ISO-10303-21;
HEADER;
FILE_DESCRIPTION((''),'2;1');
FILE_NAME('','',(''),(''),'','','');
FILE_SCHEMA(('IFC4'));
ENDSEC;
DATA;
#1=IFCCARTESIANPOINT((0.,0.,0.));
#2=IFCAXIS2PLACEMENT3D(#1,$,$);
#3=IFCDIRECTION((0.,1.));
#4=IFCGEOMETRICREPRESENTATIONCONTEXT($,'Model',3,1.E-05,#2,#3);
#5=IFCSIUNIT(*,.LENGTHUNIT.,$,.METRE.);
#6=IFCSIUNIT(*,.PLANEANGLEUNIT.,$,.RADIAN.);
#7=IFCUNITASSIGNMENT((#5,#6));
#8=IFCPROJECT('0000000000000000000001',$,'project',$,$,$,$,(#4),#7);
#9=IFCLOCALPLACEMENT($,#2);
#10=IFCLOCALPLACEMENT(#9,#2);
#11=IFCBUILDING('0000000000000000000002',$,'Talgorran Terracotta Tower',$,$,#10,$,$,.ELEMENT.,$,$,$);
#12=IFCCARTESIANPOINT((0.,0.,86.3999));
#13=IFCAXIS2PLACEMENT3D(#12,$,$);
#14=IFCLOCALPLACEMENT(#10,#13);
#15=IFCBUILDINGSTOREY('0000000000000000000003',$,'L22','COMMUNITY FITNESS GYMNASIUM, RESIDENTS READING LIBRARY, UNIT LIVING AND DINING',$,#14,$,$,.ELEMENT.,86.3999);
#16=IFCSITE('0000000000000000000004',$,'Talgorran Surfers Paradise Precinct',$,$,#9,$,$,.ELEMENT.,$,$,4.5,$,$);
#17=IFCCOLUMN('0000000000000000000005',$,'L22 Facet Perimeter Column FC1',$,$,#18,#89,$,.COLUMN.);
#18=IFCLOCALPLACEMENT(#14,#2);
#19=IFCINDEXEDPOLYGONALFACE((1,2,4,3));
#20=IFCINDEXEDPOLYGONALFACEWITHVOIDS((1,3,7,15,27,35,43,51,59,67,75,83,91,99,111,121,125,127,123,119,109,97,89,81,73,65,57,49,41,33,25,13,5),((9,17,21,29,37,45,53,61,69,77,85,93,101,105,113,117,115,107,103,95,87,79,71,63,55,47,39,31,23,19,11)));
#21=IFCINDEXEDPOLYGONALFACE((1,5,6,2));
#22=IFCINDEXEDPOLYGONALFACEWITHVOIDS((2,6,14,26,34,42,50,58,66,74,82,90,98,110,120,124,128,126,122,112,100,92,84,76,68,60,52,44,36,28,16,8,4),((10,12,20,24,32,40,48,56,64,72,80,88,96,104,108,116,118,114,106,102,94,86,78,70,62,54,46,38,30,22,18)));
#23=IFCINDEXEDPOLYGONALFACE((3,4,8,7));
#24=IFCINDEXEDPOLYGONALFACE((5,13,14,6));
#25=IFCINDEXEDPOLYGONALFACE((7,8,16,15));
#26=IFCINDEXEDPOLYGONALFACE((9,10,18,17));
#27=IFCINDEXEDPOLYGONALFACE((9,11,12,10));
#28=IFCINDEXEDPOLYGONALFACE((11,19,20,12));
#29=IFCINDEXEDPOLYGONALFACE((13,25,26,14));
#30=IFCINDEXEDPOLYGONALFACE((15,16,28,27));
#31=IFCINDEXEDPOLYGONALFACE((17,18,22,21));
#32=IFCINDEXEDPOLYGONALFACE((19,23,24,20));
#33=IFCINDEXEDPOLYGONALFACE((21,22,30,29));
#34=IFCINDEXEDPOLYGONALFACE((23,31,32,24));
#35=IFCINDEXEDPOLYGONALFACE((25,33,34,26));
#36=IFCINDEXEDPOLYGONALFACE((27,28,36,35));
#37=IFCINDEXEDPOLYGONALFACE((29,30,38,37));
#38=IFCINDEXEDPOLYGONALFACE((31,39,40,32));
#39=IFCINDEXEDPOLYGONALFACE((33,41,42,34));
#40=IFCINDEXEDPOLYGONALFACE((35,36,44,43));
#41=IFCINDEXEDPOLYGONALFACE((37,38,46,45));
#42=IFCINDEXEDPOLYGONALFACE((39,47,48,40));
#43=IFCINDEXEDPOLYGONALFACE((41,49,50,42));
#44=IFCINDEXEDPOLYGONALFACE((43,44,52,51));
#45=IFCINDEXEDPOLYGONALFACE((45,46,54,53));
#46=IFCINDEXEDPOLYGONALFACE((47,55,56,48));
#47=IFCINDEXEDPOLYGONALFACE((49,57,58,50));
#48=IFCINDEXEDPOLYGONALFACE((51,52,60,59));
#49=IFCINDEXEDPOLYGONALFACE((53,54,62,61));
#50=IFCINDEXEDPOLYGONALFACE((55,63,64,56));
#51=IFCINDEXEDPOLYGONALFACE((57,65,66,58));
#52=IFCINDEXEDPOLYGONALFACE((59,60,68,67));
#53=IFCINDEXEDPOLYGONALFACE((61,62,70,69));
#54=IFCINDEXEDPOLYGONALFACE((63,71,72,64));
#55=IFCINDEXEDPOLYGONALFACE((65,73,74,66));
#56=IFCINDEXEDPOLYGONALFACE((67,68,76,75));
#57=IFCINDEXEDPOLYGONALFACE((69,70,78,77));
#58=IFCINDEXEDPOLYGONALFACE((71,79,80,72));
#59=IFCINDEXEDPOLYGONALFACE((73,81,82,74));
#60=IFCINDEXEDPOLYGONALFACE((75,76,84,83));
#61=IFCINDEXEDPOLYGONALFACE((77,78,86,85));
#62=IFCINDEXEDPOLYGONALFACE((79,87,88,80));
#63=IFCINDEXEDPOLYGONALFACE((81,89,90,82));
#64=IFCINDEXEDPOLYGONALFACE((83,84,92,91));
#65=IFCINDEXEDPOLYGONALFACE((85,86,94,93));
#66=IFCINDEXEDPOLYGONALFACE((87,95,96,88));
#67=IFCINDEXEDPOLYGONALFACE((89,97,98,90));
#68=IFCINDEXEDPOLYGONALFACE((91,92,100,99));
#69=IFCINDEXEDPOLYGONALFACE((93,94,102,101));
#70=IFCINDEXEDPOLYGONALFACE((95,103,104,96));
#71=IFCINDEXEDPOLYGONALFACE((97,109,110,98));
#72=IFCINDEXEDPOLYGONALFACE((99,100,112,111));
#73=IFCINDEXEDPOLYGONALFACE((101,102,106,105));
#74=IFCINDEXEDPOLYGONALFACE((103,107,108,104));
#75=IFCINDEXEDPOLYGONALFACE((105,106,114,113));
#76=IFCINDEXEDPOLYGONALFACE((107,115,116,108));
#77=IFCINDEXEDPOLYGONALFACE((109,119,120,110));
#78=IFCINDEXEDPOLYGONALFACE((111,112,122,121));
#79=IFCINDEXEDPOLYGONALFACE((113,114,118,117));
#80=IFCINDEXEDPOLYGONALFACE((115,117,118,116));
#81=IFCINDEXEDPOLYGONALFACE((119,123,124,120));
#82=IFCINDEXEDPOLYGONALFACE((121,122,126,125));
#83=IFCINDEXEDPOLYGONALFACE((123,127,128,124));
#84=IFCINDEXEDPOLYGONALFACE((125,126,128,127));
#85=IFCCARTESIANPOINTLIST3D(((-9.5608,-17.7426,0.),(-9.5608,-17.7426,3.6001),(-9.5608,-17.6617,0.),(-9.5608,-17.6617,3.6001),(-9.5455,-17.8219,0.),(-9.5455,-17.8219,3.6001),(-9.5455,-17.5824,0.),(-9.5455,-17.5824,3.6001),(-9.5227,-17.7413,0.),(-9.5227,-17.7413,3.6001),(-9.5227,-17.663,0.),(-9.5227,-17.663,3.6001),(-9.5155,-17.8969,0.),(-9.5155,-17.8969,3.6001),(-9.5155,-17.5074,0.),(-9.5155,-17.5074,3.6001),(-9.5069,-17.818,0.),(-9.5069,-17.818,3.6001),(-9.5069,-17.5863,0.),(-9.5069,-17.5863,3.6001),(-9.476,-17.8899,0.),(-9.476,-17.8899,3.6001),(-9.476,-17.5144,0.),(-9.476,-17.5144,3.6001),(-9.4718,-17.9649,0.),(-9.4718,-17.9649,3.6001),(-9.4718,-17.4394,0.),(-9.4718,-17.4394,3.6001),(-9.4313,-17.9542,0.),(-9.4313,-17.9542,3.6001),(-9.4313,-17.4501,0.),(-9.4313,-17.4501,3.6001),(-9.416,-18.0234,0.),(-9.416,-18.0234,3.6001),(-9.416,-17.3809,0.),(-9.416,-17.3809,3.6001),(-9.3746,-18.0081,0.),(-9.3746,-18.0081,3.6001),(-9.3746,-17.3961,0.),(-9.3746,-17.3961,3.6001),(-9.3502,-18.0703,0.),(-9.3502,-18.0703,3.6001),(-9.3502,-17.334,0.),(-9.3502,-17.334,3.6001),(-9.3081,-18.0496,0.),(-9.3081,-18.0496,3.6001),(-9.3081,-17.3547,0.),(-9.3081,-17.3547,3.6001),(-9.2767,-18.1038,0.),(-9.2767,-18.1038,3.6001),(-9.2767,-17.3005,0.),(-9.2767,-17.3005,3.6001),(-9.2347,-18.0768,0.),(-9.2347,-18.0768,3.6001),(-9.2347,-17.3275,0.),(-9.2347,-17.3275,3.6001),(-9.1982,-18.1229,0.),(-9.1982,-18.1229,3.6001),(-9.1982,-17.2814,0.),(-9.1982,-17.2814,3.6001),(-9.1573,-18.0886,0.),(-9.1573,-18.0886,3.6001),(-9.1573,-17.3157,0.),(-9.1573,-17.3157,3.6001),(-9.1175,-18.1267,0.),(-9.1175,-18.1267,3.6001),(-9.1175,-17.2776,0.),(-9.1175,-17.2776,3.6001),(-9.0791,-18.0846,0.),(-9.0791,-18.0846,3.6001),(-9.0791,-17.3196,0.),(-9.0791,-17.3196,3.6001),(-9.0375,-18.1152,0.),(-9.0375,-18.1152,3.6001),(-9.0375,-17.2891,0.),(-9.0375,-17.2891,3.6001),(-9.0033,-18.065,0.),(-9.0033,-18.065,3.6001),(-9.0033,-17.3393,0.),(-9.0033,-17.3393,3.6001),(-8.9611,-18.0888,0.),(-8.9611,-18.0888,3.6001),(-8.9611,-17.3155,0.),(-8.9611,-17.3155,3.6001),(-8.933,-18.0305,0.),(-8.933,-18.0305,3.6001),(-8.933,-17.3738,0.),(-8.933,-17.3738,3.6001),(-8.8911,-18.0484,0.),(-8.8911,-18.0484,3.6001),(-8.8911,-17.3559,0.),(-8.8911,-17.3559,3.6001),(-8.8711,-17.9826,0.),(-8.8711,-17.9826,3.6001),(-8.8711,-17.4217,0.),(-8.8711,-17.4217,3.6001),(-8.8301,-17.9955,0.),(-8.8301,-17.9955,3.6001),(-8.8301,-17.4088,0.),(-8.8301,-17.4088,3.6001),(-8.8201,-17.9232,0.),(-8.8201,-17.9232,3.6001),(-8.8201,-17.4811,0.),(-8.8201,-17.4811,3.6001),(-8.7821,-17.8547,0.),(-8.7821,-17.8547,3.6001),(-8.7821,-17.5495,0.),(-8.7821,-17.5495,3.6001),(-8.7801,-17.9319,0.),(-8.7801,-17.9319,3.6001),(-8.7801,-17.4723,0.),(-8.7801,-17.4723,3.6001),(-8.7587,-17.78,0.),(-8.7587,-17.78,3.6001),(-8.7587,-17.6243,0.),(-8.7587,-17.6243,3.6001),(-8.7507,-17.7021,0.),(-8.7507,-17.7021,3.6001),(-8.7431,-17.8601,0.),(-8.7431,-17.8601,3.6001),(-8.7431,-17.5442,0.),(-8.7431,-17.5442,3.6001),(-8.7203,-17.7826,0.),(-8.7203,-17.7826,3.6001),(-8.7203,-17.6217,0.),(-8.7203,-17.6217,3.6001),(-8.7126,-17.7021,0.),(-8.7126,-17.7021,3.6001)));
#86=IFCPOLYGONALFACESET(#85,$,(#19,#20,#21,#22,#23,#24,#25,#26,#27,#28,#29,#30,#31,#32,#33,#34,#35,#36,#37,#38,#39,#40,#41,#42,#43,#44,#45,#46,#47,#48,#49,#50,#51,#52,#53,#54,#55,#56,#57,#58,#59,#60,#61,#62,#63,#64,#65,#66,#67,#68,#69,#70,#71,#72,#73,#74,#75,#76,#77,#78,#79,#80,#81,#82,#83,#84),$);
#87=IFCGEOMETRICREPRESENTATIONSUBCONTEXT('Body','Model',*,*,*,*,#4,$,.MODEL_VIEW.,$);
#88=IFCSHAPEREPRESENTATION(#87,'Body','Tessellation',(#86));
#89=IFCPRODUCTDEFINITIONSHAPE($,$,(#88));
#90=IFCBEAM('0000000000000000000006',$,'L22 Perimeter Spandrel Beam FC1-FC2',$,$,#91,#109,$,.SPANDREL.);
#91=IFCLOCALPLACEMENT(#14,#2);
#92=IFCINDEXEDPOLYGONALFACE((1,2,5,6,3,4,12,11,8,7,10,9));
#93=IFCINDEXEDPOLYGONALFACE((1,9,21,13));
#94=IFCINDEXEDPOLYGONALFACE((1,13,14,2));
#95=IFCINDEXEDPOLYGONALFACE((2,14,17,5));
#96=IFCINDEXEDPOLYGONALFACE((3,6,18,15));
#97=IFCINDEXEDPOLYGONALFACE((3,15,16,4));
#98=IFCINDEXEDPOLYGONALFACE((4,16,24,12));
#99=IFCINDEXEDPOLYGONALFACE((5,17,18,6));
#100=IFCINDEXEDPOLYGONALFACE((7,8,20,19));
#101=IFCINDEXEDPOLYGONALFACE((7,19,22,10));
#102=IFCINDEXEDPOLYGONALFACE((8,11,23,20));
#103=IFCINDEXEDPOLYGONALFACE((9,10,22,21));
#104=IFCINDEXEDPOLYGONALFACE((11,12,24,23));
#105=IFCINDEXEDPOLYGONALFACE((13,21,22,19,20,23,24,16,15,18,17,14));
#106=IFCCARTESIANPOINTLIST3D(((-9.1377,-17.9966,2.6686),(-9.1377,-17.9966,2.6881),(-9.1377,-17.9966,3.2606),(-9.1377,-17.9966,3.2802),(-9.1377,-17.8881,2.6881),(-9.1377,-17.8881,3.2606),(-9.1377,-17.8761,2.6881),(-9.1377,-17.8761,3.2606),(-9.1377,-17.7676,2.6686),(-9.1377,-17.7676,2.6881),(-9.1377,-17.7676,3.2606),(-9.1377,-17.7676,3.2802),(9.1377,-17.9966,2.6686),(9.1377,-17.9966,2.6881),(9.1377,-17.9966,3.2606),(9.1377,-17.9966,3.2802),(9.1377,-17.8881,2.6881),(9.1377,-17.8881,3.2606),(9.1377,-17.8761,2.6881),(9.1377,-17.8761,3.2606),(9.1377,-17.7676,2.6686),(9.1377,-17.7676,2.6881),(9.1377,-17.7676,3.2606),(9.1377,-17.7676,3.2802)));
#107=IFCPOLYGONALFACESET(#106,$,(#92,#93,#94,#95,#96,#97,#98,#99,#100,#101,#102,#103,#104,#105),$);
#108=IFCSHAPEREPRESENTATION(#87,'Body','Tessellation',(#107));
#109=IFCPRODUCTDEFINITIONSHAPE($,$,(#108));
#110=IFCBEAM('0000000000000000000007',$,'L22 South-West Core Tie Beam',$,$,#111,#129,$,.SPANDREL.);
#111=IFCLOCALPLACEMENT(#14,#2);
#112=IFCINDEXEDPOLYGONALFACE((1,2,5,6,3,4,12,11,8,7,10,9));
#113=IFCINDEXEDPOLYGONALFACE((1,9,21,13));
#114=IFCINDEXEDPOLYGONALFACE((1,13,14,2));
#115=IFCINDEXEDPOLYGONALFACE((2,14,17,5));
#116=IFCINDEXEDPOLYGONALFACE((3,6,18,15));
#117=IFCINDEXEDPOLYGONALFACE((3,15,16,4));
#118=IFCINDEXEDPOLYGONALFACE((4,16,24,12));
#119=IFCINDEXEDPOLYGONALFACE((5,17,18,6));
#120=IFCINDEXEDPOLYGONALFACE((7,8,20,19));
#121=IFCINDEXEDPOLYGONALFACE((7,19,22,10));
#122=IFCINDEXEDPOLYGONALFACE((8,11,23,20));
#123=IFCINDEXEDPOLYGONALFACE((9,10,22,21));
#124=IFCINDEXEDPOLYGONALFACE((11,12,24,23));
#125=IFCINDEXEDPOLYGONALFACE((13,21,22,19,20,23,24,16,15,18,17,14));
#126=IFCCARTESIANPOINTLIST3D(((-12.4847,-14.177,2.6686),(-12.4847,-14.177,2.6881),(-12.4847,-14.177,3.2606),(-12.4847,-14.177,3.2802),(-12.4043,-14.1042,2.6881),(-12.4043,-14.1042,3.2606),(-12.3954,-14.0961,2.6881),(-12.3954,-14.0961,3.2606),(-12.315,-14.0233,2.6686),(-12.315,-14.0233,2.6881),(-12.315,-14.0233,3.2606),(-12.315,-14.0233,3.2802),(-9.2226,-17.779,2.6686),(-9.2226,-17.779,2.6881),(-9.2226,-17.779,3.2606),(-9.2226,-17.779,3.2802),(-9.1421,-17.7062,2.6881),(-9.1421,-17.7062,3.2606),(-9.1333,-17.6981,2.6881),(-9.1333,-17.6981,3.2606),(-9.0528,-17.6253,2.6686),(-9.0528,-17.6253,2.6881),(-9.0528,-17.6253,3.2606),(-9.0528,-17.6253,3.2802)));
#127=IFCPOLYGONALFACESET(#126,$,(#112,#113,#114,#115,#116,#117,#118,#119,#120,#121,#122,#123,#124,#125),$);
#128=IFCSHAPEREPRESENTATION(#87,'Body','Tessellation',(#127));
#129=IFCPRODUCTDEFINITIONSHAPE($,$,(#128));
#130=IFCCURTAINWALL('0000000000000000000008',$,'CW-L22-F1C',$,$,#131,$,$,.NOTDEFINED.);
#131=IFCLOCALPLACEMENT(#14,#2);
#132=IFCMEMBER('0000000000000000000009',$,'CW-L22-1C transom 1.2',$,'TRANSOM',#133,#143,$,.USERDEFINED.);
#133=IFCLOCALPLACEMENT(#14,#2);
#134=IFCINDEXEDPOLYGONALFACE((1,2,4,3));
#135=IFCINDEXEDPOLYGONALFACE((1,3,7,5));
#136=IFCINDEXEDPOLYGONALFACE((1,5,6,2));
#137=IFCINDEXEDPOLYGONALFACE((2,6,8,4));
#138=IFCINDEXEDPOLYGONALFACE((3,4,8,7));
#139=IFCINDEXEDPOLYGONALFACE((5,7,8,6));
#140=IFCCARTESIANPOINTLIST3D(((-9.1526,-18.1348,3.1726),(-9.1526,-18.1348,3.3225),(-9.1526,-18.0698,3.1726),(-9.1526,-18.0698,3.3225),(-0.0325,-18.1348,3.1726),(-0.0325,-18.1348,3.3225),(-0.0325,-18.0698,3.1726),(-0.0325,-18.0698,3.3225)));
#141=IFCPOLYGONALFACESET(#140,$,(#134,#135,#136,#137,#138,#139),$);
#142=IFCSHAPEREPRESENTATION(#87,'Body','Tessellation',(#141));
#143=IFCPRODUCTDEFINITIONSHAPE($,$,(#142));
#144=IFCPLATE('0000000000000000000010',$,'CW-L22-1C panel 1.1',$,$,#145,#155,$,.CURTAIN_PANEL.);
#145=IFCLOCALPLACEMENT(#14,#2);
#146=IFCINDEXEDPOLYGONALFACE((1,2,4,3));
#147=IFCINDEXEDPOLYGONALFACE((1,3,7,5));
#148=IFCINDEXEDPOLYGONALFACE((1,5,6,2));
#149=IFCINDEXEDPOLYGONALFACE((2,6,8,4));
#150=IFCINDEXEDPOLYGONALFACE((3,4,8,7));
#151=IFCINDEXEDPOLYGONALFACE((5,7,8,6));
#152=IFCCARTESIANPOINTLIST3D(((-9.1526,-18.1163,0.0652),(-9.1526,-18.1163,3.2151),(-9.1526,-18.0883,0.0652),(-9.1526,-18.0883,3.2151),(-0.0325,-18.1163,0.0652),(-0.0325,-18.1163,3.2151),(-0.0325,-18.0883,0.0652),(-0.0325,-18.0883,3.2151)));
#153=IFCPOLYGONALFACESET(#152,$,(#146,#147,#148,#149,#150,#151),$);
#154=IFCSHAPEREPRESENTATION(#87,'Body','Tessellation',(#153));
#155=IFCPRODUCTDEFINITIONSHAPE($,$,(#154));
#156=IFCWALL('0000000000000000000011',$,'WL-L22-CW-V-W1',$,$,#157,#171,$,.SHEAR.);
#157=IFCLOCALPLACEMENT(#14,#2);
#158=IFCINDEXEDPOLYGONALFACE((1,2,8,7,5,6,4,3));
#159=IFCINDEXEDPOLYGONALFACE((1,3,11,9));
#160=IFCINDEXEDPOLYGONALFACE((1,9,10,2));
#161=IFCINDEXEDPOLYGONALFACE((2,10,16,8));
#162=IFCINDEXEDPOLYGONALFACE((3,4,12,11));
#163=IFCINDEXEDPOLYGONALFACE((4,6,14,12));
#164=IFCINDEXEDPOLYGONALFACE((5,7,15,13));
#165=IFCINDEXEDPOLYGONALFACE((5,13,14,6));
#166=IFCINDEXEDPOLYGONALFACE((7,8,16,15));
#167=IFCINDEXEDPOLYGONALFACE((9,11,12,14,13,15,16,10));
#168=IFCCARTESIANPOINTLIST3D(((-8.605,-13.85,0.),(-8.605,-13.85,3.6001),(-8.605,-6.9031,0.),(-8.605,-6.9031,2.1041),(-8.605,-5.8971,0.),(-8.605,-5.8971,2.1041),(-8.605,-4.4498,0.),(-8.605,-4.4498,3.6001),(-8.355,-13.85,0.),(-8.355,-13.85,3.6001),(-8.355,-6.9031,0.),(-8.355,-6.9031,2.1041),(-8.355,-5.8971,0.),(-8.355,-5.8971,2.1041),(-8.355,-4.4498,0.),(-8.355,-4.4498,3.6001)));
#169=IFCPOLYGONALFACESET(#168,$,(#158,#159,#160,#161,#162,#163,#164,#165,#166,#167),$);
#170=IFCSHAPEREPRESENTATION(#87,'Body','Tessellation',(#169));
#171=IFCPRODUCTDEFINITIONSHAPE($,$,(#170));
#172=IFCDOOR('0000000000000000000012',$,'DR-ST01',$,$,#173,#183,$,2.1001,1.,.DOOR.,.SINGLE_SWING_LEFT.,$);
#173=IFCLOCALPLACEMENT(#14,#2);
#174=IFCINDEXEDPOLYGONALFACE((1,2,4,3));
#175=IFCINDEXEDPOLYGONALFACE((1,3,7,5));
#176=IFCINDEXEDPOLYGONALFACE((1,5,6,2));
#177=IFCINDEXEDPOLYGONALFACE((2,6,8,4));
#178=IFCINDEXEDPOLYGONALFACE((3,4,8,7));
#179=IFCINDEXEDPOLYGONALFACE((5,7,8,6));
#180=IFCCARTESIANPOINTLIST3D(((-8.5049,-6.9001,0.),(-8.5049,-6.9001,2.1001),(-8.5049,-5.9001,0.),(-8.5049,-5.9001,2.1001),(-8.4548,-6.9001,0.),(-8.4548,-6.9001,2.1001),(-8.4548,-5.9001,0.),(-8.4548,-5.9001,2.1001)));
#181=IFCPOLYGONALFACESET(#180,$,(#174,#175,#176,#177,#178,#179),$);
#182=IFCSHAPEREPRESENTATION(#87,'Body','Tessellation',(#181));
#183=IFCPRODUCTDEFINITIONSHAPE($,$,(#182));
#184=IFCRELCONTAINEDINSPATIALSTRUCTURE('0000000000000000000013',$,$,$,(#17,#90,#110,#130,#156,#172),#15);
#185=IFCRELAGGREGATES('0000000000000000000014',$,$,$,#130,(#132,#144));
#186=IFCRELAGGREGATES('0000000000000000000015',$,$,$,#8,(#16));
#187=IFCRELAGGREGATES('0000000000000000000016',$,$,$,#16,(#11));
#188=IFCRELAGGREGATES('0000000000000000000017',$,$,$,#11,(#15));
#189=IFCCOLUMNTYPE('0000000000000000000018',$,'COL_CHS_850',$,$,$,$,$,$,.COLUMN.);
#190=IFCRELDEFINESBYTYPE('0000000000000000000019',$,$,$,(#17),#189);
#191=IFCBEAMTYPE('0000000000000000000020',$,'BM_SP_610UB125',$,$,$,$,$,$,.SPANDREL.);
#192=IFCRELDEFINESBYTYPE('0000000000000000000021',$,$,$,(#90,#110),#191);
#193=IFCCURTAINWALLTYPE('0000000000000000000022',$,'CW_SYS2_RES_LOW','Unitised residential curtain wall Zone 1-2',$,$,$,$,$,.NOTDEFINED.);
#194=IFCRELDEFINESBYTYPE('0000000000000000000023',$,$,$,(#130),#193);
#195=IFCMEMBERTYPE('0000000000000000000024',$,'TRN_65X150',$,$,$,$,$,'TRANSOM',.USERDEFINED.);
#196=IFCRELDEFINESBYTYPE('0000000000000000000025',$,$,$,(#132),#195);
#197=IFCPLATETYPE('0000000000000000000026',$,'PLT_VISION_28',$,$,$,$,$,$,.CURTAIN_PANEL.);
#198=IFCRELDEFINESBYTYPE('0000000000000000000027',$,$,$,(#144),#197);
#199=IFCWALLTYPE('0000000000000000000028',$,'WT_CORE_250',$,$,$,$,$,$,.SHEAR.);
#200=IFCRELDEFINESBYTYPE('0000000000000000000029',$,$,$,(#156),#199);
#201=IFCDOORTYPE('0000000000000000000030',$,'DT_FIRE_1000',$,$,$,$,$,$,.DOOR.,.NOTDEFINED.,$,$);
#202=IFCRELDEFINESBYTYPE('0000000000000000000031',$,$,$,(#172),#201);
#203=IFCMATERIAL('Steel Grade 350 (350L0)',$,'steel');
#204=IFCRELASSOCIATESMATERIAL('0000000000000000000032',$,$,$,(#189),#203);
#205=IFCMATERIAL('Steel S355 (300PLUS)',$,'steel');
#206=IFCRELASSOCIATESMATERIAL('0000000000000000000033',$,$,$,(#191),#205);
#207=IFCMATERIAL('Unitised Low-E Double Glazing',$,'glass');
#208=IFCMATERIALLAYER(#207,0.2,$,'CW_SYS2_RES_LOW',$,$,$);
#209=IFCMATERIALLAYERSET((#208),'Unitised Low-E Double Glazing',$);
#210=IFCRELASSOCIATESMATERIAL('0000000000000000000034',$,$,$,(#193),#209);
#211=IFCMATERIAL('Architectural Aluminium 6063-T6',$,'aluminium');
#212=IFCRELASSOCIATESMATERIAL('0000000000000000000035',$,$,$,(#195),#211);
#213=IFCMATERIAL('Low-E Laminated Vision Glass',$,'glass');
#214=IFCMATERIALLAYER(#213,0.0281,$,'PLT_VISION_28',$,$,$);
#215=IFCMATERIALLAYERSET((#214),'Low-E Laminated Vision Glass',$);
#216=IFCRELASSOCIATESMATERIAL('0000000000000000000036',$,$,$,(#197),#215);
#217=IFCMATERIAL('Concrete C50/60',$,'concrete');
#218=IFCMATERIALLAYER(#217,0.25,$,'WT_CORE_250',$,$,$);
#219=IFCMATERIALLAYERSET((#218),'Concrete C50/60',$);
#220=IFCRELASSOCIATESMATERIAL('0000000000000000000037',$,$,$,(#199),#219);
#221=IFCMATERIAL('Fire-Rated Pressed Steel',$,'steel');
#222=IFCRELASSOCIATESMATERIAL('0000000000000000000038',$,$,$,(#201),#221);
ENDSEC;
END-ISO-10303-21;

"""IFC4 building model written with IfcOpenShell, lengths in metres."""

from ifc_helpers import new_model, si_unit, direction, frame, frame_2d, origin, origin_2d, place, context, subcontext, project, spatial, rectangle, hollow_circle, i_section, extrude, source, transform, mapped, material, layer, layer_set, material_profile, profile_set, type_object, type_shapes, element, fill, aggregate, save


model = new_model("IFC4")

# Units and contexts
model_context = context("Model", 3, precision=1e-05, world=origin(), true_north=direction((0.0, 1.0)))
body_context = subcontext(model_context, "Body", "Model", "MODEL_VIEW")
ifc_project = project(units=[si_unit("LENGTHUNIT", "METRE"), si_unit("PLANEANGLEUNIT", "RADIAN")], contexts=[model_context])

# Site, building, storey
site_placement = place(None, origin())
site = spatial("IfcSite", under=ifc_project, at=site_placement, Name="Talgorran Surfers Paradise Precinct", CompositionType="ELEMENT", RefElevation=4.5)
building_placement = place(site_placement, origin())
building = spatial("IfcBuilding", under=site, at=building_placement, Name="Talgorran Terracotta Tower", CompositionType="ELEMENT")
storey_placement = place(building_placement, frame((0.0, 0.0, 86.3999)))
storey = spatial("IfcBuildingStorey", under=building, at=storey_placement, Name="L22", Description="COMMUNITY FITNESS GYMNASIUM, RESIDENTS READING LIBRARY, UNIT LIVING AND DINING", CompositionType="ELEMENT", Elevation=86.3999)

# Column
ifc_material_1 = material(Name="Steel Grade 350 (350L0)", Category="steel")
ifc_material_profile_1 = material_profile(ifc_material_1, hollow_circle(Radius=0.425, WallThickness=0.0381, at=origin_2d()), Name="CHS850X38")
ifc_profile_set_1 = profile_set([ifc_material_profile_1], Name="Steel Grade 350 (350L0)")
column_type = type_object("IfcColumnType", Name="COL_CHS_850", PredefinedType="COLUMN", material=ifc_profile_set_1)
column_placement = place(storey_placement, frame((-9.1377, -17.7021, 0.0), z_axis=(0.0, 0.0, 1.0), x_axis=(1.0, 0.0, 0.0)))
element("IfcColumn", 1, at=column_placement, inside=storey, type_object=column_type, Name="L22 Facet Perimeter Column FC1", PredefinedType="COLUMN", context=body_context, shape_type="SweptSolid", body=[
    extrude(hollow_circle(Radius=0.425, WallThickness=0.0381, at=origin_2d()), origin(), (0.0, 0.0, 1.0), 3.6001),
])

# Beams
ifc_material_2 = material(Name="Steel S355 (300PLUS)", Category="steel")
ifc_material_profile_2 = material_profile(ifc_material_2, i_section(OverallWidth=0.229, OverallDepth=0.6116, WebThickness=0.012, FlangeThickness=0.0195, at=origin_2d()), Name="610UB125")
ifc_profile_set_2 = profile_set([ifc_material_profile_2], Name="Steel S355 (300PLUS)")
beam_type = type_object("IfcBeamType", Name="BM_SP_610UB125", PredefinedType="SPANDREL", material=ifc_profile_set_2)
beam_1_placement = place(storey_placement, frame((-9.1377, -17.8821, 2.9744), z_axis=(1.0, 0.0, 0.0), x_axis=(0.0, 1.0, 0.0)))
element("IfcBeam", 2, at=beam_1_placement, inside=storey, type_object=beam_type, Name="L22 Perimeter Spandrel Beam FC1-FC2", PredefinedType="SPANDREL", context=body_context, shape_type="SweptSolid", body=[
    extrude(i_section(OverallWidth=0.229, OverallDepth=0.6116, WebThickness=0.012, FlangeThickness=0.0195, at=origin_2d()), origin(), (0.0, 0.0, 1.0), 18.2754),
])
beam_2_placement = place(storey_placement, frame((-9.1377, -17.7021, 2.9744), z_axis=(-0.671276, 0.741207, 0.0), x_axis=(-0.741207, -0.671276, 0.0)))
element("IfcBeam", 3, at=beam_2_placement, inside=storey, type_object=beam_type, Name="L22 South-West Core Tie Beam", PredefinedType="SPANDREL", context=body_context, shape_type="SweptSolid", body=[
    extrude(i_section(OverallWidth=0.229, OverallDepth=0.6116, WebThickness=0.012, FlangeThickness=0.0195, at=origin_2d()), origin(), (0.0, 0.0, 1.0), 4.8596),
])

# Curtain wall, member, plate
ifc_material_3 = material(Name="Unitised Low-E Double Glazing", Category="glass")
ifc_layer_1 = layer(ifc_material_3, 0.2, Name="CW_SYS2_RES_LOW")
ifc_layer_set_1 = layer_set([ifc_layer_1], Name="Unitised Low-E Double Glazing")
curtain_wall_type = type_object("IfcCurtainWallType", Name="CW_SYS2_RES_LOW", Description="Unitised residential curtain wall Zone 1-2", PredefinedType="NOTDEFINED", material=ifc_layer_set_1)
curtain_wall_placement = place(storey_placement, origin())
curtain_wall = element("IfcCurtainWall", 4, at=curtain_wall_placement, inside=storey, type_object=curtain_wall_type, Name="CW-L22-F1C", PredefinedType="NOTDEFINED")
ifc_material_4 = material(Name="Architectural Aluminium 6063-T6", Category="aluminium")
ifc_material_profile_3 = material_profile(ifc_material_4, rectangle(XDim=0.0649, YDim=0.1499, at=origin_2d()), Name="CWT65X150")
ifc_profile_set_3 = profile_set([ifc_material_profile_3], Name="Architectural Aluminium 6063-T6")
member_type = type_object("IfcMemberType", Name="TRN_65X150", ElementType="TRANSOM", PredefinedType="USERDEFINED", material=ifc_profile_set_3)
member_placement = place(storey_placement, frame((-9.1526, -18.1023, 3.2476), z_axis=(1.0, 0.0, 0.0), x_axis=(0.0, 1.0, 0.0)))
member = element("IfcMember", 5, at=member_placement, type_object=member_type, Name="CW-L22-1C transom 1.2", ObjectType="TRANSOM", PredefinedType="USERDEFINED", context=body_context, shape_type="SweptSolid", body=[
    extrude(rectangle(XDim=0.0649, YDim=0.1499, at=origin_2d()), origin(), (0.0, 0.0, 1.0), 9.1201),
])
ifc_material_5 = material(Name="Low-E Laminated Vision Glass", Category="glass")
ifc_layer_2 = layer(ifc_material_5, 0.0281, Name="PLT_VISION_28")
ifc_layer_set_2 = layer_set([ifc_layer_2], Name="Low-E Laminated Vision Glass")
plate_type = type_object("IfcPlateType", Name="PLT_VISION_28", PredefinedType="CURTAIN_PANEL", material=ifc_layer_set_2)
shared_shape = source(origin(), body_context, "Body", "SweptSolid", [
    extrude(rectangle(XDim=9.1201, YDim=0.0281, at=origin_2d()), origin(), (0.0, 0.0, 1.0), 3.1499),
])
type_shapes(plate_type, [shared_shape])
plate_placement = place(storey_placement, frame((-4.5925, -18.1023, 0.0652), z_axis=(0.0, 0.0, 1.0), x_axis=(1.0, 0.0, 0.0)))
plate = element("IfcPlate", 6, at=plate_placement, type_object=plate_type, Name="CW-L22-1C panel 1.1", PredefinedType="CURTAIN_PANEL", context=body_context, shape_type="MappedRepresentation", body=[
    mapped(shared_shape, transform((0.0, 0.0, 0.0), scale=1.0)),
])
aggregate(curtain_wall, [member, plate])

# Wall, opening, door
ifc_material_6 = material(Name="Concrete C50/60", Category="concrete")
ifc_layer_3 = layer(ifc_material_6, 0.25, Name="WT_CORE_250")
ifc_layer_set_3 = layer_set([ifc_layer_3], Name="Concrete C50/60")
wall_type_1 = type_object("IfcWallType", Name="WT_CORE_250", PredefinedType="SHEAR", material=ifc_layer_set_3)
wall_1_placement = place(storey_placement, frame((-8.48, -13.8501, 0.0), z_axis=(0.0, 0.0, 1.0), x_axis=(0.0, 1.0, 0.0)))
wall_1 = element("IfcWall", 7, at=wall_1_placement, inside=storey, type_object=wall_type_1, Name="WL-L22-CW-V-W1", PredefinedType="SHEAR", context=body_context, shape_type="SweptSolid", body=[
    extrude(rectangle(XDim=9.4001, YDim=0.25, at=frame_2d((4.7002, 0.0))), origin(), (0.0, 0.0, 1.0), 3.6001),
])
opening_placement = place(wall_1_placement, frame((6.95, 0.0, 0.0)))
opening = element("IfcOpeningElement", 8, at=opening_placement, cuts=wall_1, PredefinedType="OPENING", context=body_context, shape_type="SweptSolid", body=[
    extrude(rectangle(XDim=1.006, YDim=2.1041, at=frame_2d((0.5, 1.052))), frame((0.0, 0.135, 0.0), z_axis=(0.0, -1.0, 0.0), x_axis=(1.0, 0.0, 0.0)), (0.0, 0.0, 1.0), 0.27),
])
ifc_material_7 = material(Name="Fire-Rated Pressed Steel", Category="steel")
door_type = type_object("IfcDoorType", Name="DT_FIRE_1000", OperationType="NOTDEFINED", PredefinedType="DOOR", material=ifc_material_7)
door_placement = place(opening_placement, origin())
door = element("IfcDoor", 9, at=door_placement, inside=storey, type_object=door_type, Name="DR-ST01", OperationType="SINGLE_SWING_LEFT", OverallHeight=2.1001, OverallWidth=1.0, PredefinedType="DOOR", context=body_context, shape_type="SweptSolid", body=[
    extrude(rectangle(XDim=1.0, YDim=2.1001, at=frame_2d((0.5, 1.05))), frame((0.0, 0.0249, 0.0), z_axis=(0.0, -1.0, 0.0), x_axis=(1.0, 0.0, 0.0)), (0.0, 0.0, 1.0), 0.05),
])
fill(opening, door)

save(model, "model.ifc")
